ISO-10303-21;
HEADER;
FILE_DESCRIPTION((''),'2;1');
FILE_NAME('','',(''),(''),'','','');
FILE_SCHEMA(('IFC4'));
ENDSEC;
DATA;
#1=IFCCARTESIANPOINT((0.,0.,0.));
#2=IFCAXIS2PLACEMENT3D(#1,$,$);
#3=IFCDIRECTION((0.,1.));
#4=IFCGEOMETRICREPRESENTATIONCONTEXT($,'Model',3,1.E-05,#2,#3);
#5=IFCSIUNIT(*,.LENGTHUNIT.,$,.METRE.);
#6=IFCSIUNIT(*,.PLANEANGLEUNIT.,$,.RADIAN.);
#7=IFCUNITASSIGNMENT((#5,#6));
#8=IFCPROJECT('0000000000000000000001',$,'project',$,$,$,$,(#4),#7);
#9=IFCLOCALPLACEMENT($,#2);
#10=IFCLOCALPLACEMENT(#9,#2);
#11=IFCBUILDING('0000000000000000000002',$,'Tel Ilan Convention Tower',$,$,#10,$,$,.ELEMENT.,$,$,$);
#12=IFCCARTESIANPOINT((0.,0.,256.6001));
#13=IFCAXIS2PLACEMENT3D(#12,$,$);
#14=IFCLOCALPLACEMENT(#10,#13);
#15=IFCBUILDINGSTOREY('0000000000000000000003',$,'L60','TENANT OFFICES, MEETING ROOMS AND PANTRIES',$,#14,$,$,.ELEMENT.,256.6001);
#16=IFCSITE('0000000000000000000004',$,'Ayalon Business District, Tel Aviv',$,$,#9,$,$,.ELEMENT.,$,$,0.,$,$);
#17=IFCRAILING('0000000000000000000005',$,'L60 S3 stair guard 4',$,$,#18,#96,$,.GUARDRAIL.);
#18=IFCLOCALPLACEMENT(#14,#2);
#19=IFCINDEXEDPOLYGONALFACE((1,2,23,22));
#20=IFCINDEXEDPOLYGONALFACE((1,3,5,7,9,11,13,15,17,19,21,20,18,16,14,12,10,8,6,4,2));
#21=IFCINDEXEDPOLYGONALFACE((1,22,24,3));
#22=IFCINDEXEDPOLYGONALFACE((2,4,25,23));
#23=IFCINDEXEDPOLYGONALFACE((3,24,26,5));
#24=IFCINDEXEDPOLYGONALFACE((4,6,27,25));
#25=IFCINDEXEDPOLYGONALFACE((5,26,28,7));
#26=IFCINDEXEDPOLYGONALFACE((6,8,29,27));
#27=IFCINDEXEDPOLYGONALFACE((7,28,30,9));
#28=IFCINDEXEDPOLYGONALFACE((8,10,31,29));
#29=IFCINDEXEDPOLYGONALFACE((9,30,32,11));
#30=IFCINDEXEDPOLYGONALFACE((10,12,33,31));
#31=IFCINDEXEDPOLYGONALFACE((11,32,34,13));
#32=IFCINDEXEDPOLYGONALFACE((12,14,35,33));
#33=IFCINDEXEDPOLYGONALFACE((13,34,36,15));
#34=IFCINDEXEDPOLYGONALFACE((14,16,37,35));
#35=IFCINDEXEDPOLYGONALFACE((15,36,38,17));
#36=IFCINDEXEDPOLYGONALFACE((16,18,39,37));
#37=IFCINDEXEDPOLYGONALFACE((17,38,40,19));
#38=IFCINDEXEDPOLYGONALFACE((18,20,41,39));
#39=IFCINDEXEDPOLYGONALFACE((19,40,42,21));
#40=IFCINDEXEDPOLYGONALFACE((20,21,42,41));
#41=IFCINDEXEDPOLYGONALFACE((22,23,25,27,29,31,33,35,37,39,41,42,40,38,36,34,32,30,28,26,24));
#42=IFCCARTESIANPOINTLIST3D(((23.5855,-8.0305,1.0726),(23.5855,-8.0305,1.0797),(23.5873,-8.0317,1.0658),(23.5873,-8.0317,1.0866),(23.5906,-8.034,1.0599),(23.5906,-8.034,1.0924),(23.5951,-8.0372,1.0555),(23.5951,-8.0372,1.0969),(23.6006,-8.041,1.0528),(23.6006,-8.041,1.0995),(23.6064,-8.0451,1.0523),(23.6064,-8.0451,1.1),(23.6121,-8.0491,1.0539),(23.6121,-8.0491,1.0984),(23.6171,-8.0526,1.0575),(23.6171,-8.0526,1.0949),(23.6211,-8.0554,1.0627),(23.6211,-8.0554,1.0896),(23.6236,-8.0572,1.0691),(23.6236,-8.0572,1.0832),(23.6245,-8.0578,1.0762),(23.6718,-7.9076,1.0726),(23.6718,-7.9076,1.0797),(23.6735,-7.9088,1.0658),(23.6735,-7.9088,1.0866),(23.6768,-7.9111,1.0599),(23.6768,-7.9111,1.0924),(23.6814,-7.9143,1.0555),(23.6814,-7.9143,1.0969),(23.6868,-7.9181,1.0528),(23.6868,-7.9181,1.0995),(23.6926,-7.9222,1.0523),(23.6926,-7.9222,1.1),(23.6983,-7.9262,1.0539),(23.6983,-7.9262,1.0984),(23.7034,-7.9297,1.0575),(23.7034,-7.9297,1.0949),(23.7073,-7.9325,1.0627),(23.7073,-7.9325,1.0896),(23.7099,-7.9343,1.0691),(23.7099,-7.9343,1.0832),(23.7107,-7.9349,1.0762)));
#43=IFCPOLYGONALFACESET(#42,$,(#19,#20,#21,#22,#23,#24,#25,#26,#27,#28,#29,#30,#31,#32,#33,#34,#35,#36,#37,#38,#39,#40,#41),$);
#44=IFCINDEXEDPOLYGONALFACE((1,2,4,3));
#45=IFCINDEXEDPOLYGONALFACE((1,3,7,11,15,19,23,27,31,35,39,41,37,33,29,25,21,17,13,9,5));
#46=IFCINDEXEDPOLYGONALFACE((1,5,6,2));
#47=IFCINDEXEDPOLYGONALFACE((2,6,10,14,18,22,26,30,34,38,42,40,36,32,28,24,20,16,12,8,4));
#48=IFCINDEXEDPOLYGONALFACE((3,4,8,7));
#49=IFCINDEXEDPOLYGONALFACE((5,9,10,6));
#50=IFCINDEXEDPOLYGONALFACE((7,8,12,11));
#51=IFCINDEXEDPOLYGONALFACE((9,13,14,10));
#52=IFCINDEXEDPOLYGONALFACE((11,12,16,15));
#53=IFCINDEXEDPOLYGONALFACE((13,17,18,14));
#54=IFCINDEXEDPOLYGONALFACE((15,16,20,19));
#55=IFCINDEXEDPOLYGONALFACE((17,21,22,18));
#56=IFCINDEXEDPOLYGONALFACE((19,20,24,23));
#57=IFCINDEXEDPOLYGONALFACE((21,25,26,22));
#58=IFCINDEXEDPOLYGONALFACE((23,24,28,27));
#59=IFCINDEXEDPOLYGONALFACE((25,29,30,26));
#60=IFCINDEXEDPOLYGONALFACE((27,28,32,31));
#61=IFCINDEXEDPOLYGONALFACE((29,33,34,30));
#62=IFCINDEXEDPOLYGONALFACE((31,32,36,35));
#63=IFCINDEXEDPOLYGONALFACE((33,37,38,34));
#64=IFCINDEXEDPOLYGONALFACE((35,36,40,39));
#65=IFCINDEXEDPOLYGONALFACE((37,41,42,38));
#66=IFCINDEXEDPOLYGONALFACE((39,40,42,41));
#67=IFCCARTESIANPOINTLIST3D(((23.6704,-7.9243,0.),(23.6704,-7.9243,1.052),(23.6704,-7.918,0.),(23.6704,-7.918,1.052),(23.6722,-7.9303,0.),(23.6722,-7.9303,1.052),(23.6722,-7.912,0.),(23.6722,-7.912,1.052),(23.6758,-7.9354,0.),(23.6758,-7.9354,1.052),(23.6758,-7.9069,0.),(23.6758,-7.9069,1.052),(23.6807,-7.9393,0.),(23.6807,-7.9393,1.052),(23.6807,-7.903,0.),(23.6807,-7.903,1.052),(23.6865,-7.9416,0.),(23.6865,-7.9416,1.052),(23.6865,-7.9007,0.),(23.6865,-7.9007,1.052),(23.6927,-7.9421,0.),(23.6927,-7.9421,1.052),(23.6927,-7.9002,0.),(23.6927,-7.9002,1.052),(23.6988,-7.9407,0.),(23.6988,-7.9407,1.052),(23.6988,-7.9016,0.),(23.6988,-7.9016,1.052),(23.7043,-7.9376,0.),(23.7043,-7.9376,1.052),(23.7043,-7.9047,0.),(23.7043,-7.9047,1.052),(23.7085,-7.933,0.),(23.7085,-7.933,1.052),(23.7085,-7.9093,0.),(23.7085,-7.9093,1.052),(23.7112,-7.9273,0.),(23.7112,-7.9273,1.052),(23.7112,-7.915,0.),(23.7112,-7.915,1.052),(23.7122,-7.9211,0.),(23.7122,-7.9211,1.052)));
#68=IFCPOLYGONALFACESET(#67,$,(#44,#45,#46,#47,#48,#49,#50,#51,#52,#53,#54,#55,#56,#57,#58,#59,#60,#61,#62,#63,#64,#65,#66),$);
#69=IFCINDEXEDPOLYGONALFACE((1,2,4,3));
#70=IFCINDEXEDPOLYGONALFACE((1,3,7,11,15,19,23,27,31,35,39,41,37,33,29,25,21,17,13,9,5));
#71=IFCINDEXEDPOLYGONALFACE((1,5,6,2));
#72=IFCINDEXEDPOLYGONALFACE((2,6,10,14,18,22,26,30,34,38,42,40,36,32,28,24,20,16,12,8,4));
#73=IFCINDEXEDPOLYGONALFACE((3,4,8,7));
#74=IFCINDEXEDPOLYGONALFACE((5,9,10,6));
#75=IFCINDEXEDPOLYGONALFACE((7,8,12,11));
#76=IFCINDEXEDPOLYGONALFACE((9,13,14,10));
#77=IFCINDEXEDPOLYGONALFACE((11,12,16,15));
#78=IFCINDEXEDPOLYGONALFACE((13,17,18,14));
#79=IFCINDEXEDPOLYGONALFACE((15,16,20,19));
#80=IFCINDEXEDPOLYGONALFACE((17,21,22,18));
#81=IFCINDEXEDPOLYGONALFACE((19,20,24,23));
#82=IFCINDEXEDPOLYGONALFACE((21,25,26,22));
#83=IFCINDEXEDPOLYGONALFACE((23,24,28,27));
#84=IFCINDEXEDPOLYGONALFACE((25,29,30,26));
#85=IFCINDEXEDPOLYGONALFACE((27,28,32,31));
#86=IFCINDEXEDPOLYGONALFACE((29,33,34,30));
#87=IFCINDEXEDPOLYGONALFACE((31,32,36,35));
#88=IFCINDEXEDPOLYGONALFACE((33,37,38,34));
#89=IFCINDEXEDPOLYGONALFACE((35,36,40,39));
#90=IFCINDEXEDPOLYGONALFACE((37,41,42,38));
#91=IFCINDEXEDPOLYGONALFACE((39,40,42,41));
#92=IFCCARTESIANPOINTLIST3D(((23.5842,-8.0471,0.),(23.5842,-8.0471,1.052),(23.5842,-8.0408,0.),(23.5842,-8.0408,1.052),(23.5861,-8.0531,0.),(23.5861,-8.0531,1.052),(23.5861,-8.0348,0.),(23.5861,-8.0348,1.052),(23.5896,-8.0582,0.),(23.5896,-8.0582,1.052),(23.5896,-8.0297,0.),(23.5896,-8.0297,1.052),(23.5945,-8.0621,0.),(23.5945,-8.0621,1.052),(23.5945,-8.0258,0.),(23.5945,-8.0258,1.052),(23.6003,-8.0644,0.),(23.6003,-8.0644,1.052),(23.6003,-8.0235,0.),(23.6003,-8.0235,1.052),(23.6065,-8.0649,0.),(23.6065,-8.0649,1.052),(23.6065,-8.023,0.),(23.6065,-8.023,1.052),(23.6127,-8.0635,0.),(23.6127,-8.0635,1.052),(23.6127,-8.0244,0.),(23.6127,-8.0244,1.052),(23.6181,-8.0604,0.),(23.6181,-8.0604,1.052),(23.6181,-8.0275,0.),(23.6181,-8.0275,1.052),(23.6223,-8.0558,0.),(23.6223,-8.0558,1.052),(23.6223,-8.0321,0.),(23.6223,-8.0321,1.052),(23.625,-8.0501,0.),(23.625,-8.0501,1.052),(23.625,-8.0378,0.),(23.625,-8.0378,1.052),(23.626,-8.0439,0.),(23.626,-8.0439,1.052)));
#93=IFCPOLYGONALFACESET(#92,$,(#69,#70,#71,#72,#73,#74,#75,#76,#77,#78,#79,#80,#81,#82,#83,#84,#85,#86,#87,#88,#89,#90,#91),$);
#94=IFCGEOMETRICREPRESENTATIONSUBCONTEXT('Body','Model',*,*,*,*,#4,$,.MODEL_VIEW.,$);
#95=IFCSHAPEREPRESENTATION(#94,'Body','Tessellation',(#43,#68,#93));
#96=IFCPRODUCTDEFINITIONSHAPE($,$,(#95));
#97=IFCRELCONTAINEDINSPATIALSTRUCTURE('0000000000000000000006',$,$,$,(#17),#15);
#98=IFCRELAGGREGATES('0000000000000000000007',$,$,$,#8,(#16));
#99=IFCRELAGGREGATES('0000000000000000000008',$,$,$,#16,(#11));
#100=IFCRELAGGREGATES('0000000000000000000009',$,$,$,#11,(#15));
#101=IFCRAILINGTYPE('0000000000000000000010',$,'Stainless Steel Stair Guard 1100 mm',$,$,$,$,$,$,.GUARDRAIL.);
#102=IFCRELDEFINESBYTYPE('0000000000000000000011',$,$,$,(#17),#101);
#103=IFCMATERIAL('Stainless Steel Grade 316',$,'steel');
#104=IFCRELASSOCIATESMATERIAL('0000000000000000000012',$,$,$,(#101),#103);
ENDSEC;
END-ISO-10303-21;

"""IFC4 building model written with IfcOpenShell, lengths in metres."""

from ifc_helpers import new_model, si_unit, direction, frame, origin, origin_2d, place, context, subcontext, project, spatial, circle, extrude, material, type_object, element, save


model = new_model("IFC4")

# Units and contexts
model_context = context("Model", 3, precision=1e-05, world=origin(), true_north=direction((0.0, 1.0)))
body_context = subcontext(model_context, "Body", "Model", "MODEL_VIEW")
ifc_project = project(units=[si_unit("LENGTHUNIT", "METRE"), si_unit("PLANEANGLEUNIT", "RADIAN")], contexts=[model_context])

# Site, building, storey
site_placement = place(None, origin())
site = spatial("IfcSite", under=ifc_project, at=site_placement, Name="Ayalon Business District, Tel Aviv", CompositionType="ELEMENT", RefElevation=0.0)
building_placement = place(site_placement, origin())
building = spatial("IfcBuilding", under=site, at=building_placement, Name="Tel Ilan Convention Tower", CompositionType="ELEMENT")
storey_placement = place(building_placement, frame((0.0, 0.0, 256.6001)))
storey = spatial("IfcBuildingStorey", under=building, at=storey_placement, Name="L60", Description="TENANT OFFICES, MEETING ROOMS AND PANTRIES", CompositionType="ELEMENT", Elevation=256.6001)

# Railing
ifc_material_1 = material(Name="Stainless Steel Grade 316", Category="steel")
railing_type_1 = type_object("IfcRailingType", Name="Stainless Steel Stair Guard 1100 mm", PredefinedType="GUARDRAIL", material=ifc_material_1)
railing_1_placement = place(storey_placement, frame((23.6912, -7.9211, 0.0)))
element("IfcRailing", 1, at=railing_1_placement, inside=storey, type_object=railing_type_1, Name="L60 S3 stair guard 4", PredefinedType="GUARDRAIL", context=body_context, shape_type="SweptSolid", body=[
    extrude(circle(Radius=0.0239, at=origin_2d()), frame((0.0, 0.0, 1.0762), z_axis=(-0.574445, -0.818543, 0.0), x_axis=(0.818543, -0.574445, 0.0)), (0.0, 0.0, 1.0), 0.1501),
    extrude(circle(Radius=0.021, at=origin_2d()), origin(), (0.0, 0.0, 1.0), 1.052),
    extrude(circle(Radius=0.021, at=origin_2d()), frame((-0.0862, -0.1228, 0.0)), (0.0, 0.0, 1.0), 1.052),
])

save(model, "model.ifc")
